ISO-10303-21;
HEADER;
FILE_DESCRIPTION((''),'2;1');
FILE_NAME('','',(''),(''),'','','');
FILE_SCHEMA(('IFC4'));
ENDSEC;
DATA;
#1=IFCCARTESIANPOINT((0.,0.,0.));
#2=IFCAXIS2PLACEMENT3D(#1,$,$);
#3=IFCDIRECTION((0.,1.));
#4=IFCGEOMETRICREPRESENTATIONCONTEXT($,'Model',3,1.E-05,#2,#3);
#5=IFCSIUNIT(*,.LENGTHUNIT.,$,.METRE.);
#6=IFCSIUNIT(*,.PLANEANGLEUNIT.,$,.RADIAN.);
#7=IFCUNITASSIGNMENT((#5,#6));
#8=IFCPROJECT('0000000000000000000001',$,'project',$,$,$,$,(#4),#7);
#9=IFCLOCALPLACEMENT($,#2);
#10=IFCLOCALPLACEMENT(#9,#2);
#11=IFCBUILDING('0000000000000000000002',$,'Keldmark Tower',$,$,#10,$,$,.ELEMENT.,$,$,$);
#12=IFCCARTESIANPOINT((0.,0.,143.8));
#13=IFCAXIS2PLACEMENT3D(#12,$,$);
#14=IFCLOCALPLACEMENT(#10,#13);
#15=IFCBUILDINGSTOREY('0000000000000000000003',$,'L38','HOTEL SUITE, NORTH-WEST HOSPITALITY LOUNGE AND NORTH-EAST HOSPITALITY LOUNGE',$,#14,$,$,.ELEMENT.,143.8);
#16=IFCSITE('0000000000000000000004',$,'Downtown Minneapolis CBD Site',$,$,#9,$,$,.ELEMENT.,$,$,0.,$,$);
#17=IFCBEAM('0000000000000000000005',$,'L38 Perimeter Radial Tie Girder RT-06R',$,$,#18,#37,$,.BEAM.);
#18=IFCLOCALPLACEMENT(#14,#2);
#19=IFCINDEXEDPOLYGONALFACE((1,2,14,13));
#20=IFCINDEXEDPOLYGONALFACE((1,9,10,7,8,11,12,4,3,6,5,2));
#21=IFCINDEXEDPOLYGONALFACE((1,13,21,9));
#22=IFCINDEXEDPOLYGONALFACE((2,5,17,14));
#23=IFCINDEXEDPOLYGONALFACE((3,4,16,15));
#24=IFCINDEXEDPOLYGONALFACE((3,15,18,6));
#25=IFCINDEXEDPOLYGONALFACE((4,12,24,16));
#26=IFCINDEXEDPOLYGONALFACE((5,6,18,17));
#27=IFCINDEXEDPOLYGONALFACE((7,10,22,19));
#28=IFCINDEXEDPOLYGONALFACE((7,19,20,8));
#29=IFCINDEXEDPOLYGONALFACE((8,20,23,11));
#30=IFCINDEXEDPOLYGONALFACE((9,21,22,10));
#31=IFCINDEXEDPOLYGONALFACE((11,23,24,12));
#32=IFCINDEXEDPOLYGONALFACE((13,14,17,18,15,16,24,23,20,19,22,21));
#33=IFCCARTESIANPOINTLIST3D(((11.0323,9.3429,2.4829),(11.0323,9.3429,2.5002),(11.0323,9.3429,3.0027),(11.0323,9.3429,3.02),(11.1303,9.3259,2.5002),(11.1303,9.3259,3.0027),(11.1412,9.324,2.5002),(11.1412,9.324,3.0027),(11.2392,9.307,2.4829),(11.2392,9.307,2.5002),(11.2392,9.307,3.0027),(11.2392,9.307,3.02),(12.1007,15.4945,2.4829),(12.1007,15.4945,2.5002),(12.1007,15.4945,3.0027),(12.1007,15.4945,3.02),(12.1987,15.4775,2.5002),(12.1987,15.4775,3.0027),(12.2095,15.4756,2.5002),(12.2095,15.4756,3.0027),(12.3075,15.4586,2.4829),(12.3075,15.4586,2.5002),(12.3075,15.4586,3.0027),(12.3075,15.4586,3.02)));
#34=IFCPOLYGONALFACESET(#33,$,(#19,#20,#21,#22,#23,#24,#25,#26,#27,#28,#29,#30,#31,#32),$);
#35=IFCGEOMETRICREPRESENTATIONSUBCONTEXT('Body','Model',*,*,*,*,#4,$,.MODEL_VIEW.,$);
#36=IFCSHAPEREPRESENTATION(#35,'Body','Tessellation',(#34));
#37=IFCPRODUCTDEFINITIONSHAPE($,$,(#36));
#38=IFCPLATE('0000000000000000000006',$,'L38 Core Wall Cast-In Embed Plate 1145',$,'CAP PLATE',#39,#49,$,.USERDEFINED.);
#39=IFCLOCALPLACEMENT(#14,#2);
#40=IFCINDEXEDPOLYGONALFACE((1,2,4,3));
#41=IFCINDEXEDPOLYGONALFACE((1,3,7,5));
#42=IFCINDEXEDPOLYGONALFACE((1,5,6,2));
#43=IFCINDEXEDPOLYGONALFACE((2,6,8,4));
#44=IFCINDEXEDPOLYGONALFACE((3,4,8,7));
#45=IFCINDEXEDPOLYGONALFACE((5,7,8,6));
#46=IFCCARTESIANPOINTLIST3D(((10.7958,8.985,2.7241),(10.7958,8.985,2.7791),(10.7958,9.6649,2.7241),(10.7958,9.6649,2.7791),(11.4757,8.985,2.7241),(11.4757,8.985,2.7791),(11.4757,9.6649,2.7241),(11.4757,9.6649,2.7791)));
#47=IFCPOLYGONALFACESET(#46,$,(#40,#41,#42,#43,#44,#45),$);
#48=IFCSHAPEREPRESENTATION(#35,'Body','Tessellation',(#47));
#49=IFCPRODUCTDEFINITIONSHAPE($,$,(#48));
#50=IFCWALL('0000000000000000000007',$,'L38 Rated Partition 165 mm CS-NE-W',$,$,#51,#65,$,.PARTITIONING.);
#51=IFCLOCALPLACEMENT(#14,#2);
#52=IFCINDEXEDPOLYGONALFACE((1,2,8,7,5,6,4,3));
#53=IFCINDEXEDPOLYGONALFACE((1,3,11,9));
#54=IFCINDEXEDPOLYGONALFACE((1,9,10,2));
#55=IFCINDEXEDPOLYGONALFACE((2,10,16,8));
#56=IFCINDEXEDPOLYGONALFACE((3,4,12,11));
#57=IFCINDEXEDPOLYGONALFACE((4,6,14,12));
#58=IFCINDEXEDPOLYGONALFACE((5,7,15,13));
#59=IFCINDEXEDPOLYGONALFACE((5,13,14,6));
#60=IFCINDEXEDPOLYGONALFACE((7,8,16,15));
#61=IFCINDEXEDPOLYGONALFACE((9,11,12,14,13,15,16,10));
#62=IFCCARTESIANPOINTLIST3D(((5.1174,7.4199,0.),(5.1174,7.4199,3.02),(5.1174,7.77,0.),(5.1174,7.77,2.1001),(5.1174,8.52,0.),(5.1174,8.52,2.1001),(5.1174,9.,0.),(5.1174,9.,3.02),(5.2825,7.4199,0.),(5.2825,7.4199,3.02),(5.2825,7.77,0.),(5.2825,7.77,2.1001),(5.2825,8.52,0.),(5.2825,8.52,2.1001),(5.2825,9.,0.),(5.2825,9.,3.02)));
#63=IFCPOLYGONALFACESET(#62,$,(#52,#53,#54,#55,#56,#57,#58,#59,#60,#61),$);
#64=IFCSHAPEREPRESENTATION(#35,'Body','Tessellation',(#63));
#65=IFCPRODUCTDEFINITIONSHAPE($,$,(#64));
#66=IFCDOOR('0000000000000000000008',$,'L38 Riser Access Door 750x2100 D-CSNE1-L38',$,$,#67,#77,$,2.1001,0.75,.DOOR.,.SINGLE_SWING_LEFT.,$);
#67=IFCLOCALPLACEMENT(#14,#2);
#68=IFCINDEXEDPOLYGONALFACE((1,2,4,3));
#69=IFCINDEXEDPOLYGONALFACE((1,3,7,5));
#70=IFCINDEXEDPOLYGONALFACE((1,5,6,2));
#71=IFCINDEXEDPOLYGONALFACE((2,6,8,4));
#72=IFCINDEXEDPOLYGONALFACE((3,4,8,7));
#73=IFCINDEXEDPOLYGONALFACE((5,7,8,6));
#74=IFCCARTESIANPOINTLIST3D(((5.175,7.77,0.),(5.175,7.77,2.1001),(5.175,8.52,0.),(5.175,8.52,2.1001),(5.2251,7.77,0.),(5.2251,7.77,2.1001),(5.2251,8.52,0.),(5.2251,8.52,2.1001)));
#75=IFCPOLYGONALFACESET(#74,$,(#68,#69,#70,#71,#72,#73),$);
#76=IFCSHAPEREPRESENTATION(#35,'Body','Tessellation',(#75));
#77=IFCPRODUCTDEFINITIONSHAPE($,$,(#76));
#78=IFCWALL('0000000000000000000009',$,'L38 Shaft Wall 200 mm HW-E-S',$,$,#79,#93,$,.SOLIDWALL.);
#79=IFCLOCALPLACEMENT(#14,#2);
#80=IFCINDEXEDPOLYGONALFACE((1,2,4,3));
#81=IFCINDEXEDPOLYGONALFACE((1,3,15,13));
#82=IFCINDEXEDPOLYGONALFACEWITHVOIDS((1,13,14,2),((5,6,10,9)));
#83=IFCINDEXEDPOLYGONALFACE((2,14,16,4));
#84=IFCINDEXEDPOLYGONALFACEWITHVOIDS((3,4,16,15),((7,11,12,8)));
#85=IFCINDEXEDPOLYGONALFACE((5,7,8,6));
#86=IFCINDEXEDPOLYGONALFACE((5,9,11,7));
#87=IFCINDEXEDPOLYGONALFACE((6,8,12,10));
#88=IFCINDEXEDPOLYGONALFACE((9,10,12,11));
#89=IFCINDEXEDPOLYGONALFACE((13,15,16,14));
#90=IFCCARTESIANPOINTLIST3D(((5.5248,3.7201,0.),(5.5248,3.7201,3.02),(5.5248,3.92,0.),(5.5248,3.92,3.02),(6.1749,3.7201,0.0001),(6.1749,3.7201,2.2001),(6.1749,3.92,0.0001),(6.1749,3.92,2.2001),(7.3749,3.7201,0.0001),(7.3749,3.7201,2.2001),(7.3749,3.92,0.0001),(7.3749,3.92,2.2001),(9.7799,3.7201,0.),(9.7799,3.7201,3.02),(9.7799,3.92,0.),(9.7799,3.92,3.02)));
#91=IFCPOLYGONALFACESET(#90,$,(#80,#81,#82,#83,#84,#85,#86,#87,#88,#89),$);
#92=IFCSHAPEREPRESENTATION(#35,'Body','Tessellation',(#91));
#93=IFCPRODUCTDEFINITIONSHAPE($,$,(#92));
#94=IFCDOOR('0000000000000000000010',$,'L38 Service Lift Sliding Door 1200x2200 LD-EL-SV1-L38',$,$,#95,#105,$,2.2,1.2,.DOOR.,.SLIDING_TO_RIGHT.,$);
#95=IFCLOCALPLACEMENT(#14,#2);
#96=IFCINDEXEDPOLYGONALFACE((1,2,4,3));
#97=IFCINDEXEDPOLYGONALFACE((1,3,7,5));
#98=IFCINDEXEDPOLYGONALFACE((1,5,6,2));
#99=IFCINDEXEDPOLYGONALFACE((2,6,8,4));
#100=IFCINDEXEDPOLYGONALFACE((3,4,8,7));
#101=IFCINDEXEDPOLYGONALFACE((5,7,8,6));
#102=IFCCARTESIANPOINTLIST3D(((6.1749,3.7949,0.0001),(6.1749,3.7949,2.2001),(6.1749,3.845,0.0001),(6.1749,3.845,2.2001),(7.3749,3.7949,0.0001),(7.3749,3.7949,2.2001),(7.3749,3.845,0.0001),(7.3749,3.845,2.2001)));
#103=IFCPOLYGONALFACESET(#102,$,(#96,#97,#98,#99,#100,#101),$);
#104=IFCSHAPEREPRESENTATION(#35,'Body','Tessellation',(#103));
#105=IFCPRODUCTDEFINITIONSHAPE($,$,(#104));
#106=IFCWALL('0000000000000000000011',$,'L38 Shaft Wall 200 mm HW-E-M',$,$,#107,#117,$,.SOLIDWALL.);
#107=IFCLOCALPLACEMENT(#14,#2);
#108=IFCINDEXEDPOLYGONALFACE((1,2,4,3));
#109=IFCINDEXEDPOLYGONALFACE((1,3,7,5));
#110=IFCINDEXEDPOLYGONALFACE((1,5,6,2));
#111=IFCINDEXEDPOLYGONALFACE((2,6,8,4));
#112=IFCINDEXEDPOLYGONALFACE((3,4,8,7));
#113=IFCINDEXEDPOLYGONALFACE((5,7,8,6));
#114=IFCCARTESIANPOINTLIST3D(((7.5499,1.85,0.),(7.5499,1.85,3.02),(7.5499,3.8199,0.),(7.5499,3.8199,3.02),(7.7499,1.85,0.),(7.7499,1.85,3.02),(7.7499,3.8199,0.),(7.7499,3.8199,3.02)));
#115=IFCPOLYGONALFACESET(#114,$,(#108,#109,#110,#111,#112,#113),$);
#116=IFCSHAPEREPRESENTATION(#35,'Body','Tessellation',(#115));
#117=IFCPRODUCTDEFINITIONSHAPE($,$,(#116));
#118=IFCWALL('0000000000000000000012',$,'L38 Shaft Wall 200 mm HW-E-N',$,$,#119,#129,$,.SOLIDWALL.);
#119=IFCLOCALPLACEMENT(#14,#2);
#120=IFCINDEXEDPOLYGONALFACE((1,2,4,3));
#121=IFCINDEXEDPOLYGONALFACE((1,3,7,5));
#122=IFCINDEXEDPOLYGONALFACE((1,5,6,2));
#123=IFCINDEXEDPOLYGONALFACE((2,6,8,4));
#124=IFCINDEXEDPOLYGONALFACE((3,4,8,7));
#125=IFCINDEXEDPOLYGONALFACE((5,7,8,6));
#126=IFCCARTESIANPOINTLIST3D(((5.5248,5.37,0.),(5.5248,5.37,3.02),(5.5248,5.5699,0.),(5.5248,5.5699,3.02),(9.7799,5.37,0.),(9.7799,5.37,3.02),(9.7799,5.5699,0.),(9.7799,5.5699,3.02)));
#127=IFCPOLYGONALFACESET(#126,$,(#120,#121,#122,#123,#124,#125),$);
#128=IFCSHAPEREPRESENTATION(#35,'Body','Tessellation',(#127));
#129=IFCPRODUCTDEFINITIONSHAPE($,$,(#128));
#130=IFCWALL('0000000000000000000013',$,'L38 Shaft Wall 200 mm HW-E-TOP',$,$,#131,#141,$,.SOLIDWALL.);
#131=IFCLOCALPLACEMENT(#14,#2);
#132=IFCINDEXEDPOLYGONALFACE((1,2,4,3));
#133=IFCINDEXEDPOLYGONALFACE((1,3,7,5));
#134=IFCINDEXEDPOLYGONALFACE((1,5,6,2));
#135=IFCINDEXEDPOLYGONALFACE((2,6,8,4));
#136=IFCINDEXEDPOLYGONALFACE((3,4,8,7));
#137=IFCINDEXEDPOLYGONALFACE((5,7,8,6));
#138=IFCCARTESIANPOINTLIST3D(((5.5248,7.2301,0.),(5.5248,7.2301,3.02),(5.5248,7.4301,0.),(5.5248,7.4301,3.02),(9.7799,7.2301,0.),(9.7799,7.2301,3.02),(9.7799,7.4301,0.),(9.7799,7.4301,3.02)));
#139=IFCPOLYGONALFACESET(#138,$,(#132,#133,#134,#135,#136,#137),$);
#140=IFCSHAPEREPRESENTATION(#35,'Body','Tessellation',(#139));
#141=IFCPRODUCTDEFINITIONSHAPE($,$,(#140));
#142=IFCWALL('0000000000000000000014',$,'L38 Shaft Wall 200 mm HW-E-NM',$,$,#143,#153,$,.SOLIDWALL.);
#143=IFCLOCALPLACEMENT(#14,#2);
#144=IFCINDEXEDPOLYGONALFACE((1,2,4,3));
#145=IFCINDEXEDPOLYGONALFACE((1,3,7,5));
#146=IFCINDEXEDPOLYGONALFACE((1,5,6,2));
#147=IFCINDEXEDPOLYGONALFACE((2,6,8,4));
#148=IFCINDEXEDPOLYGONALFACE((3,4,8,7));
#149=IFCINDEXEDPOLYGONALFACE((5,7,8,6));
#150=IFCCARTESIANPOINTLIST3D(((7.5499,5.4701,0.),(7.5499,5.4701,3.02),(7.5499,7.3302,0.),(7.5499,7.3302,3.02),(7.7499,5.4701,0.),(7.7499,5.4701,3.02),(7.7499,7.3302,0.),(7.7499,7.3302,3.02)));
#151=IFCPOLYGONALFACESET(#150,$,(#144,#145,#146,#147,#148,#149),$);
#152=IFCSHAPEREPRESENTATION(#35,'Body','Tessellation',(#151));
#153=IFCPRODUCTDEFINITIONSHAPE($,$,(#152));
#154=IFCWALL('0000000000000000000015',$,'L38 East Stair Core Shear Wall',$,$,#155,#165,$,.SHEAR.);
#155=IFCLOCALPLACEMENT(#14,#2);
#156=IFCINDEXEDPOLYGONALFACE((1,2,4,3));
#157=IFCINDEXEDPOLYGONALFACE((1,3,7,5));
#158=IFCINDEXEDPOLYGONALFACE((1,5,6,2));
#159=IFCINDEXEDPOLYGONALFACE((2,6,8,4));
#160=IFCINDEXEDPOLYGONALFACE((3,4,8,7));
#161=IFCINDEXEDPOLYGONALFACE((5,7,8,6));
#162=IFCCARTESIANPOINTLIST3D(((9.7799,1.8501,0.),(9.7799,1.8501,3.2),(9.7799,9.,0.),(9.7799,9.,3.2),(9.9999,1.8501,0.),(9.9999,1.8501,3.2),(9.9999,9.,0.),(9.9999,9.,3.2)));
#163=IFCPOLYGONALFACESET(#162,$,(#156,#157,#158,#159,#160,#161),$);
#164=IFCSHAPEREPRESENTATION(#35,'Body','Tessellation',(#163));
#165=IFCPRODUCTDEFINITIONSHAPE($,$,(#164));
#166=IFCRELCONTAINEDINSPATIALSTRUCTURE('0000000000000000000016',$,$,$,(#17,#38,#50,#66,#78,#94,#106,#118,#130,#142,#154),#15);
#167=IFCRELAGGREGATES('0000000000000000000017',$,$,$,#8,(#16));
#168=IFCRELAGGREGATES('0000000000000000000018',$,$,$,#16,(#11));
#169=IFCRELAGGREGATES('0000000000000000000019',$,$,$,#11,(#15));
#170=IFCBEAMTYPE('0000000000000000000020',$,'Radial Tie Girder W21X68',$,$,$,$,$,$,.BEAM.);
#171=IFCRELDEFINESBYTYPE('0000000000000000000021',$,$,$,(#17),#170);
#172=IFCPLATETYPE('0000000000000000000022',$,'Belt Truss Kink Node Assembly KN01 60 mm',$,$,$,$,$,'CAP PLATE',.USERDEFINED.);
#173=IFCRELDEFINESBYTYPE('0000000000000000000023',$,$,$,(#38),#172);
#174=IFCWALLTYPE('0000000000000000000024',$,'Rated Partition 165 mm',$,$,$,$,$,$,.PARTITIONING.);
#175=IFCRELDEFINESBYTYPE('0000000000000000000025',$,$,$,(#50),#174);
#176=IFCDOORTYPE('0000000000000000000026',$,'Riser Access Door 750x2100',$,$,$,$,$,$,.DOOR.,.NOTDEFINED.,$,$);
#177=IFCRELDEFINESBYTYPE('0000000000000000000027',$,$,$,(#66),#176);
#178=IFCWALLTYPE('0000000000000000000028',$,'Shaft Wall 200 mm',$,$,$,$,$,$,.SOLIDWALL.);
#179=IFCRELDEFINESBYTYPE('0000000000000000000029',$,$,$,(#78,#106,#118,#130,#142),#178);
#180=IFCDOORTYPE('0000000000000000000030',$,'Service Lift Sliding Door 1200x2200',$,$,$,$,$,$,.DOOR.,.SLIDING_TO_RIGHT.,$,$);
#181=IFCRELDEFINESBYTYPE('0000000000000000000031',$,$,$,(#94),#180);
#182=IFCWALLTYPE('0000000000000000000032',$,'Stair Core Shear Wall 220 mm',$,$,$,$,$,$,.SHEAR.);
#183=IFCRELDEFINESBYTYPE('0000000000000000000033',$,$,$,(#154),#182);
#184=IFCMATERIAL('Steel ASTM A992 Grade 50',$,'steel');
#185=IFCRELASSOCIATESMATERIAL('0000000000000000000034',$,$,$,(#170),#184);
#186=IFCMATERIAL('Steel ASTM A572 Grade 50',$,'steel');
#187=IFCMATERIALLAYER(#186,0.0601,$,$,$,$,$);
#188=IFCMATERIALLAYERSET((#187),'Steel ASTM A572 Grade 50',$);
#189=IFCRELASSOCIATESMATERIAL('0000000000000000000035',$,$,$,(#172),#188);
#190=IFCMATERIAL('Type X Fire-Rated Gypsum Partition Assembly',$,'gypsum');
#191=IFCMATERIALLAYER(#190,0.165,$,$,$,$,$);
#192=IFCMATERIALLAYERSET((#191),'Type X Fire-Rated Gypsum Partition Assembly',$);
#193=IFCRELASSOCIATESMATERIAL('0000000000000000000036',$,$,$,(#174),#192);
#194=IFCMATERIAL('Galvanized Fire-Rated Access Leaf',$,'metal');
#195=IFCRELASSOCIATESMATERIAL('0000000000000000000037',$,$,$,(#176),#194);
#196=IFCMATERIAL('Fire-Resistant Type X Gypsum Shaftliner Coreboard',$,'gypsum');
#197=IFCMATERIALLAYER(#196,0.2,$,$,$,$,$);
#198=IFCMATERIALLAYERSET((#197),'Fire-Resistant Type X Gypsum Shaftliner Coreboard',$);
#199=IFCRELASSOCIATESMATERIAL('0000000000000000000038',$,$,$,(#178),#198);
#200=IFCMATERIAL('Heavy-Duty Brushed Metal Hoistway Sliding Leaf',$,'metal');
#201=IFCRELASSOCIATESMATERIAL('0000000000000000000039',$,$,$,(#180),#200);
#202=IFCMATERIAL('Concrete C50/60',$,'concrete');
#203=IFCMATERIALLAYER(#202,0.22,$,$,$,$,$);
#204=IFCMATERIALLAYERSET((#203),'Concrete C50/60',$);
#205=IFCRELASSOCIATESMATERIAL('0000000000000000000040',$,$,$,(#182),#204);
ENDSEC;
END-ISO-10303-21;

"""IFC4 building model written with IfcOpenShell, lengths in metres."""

from ifc_helpers import new_model, si_unit, direction, frame, frame_2d, origin, origin_2d, place, context, subcontext, project, spatial, rectangle, i_section, extrude, material, layer, layer_set, material_profile, profile_set, type_object, element, fill, save


model = new_model("IFC4")

# Units and contexts
model_context = context("Model", 3, precision=1e-05, world=origin(), true_north=direction((0.0, 1.0)))
body_context = subcontext(model_context, "Body", "Model", "MODEL_VIEW")
ifc_project = project(units=[si_unit("LENGTHUNIT", "METRE"), si_unit("PLANEANGLEUNIT", "RADIAN")], contexts=[model_context])

# Site, building, storey
site_placement = place(None, origin())
site = spatial("IfcSite", under=ifc_project, at=site_placement, Name="Downtown Minneapolis CBD Site", CompositionType="ELEMENT", RefElevation=0.0)
building_placement = place(site_placement, origin())
building = spatial("IfcBuilding", under=site, at=building_placement, Name="Keldmark Tower", CompositionType="ELEMENT")
storey_placement = place(building_placement, frame((0.0, 0.0, 143.8)))
storey = spatial("IfcBuildingStorey", under=building, at=storey_placement, Name="L38", Description="HOTEL SUITE, NORTH-WEST HOSPITALITY LOUNGE AND NORTH-EAST HOSPITALITY LOUNGE", CompositionType="ELEMENT", Elevation=143.8)

# Beam
ifc_material_1 = material(Name="Steel ASTM A992 Grade 50", Category="steel")
ifc_material_profile = material_profile(ifc_material_1, i_section(OverallWidth=0.21, OverallDepth=0.5371, WebThickness=0.011, FlangeThickness=0.0173, at=origin_2d()), Name="W21X68")
ifc_profile_set = profile_set([ifc_material_profile], Name="Steel ASTM A992 Grade 50")
beam_type = type_object("IfcBeamType", Name="Radial Tie Girder W21X68", PredefinedType="BEAM", material=ifc_profile_set)
beam_placement = place(storey_placement, frame((11.1357, 9.325, 2.7515), z_axis=(0.17111, 0.985252, 0.0), x_axis=(-0.985252, 0.17111, 0.0)))
element("IfcBeam", 1, at=beam_placement, inside=storey, type_object=beam_type, Name="L38 Perimeter Radial Tie Girder RT-06R", PredefinedType="BEAM", context=body_context, shape_type="SweptSolid", body=[
    extrude(i_section(OverallWidth=0.21, OverallDepth=0.5371, WebThickness=0.011, FlangeThickness=0.0173, at=origin_2d()), origin(), (0.0, 0.0, 1.0), 6.2437),
])

# Plate
ifc_material_2 = material(Name="Steel ASTM A572 Grade 50", Category="steel")
ifc_layer_1 = layer(ifc_material_2, 0.0601)
ifc_layer_set_1 = layer_set([ifc_layer_1], Name="Steel ASTM A572 Grade 50")
plate_type = type_object("IfcPlateType", Name="Belt Truss Kink Node Assembly KN01 60 mm", ElementType="CAP PLATE", PredefinedType="USERDEFINED", material=ifc_layer_set_1)
plate_placement = place(storey_placement, frame((11.1357, 9.325, 2.7241), z_axis=(0.0, 0.0, 1.0), x_axis=(1.0, 0.0, 0.0)))
element("IfcPlate", 2, at=plate_placement, inside=storey, type_object=plate_type, Name="L38 Core Wall Cast-In Embed Plate 1145", ObjectType="CAP PLATE", PredefinedType="USERDEFINED", context=body_context, shape_type="SweptSolid", body=[
    extrude(rectangle(XDim=0.6799, YDim=0.6799, at=origin_2d()), origin(), (0.0, 0.0, 1.0), 0.0549),
])

# Walls, openings, doors
ifc_material_3 = material(Name="Type X Fire-Rated Gypsum Partition Assembly", Category="gypsum")
ifc_layer_2 = layer(ifc_material_3, 0.165)
ifc_layer_set_2 = layer_set([ifc_layer_2], Name="Type X Fire-Rated Gypsum Partition Assembly")
wall_type_1 = type_object("IfcWallType", Name="Rated Partition 165 mm", PredefinedType="PARTITIONING", material=ifc_layer_set_2)
wall_1_placement = place(storey_placement, frame((5.2, 7.4199, 0.0), z_axis=(0.0, 0.0, 1.0), x_axis=(0.0, 1.0, 0.0)))
wall_1 = element("IfcWall", 3, at=wall_1_placement, inside=storey, type_object=wall_type_1, Name="L38 Rated Partition 165 mm CS-NE-W", PredefinedType="PARTITIONING", context=body_context, shape_type="SweptSolid", body=[
    extrude(rectangle(XDim=1.5801, YDim=0.165, at=frame_2d((0.79, 0.0))), origin(), (0.0, 0.0, 1.0), 3.02),
])
opening_1_placement = place(wall_1_placement, frame((0.3501, 0.0, 0.0)))
opening_1 = element("IfcOpeningElement", 4, at=opening_1_placement, cuts=wall_1, PredefinedType="OPENING", context=body_context, shape_type="SweptSolid", body=[
    extrude(rectangle(XDim=0.75, YDim=2.1001, at=frame_2d((0.375, 1.05))), frame((0.0, 0.0925, 0.0), z_axis=(0.0, -1.0, 0.0), x_axis=(1.0, 0.0, 0.0)), (0.0, 0.0, 1.0), 0.1851),
])
ifc_material_4 = material(Name="Galvanized Fire-Rated Access Leaf", Category="metal")
door_type_1 = type_object("IfcDoorType", Name="Riser Access Door 750x2100", OperationType="NOTDEFINED", PredefinedType="DOOR", material=ifc_material_4)
door_1_placement = place(opening_1_placement, origin())
door_1 = element("IfcDoor", 5, at=door_1_placement, inside=storey, type_object=door_type_1, Name="L38 Riser Access Door 750x2100 D-CSNE1-L38", OperationType="SINGLE_SWING_LEFT", OverallHeight=2.1001, OverallWidth=0.75, PredefinedType="DOOR", context=body_context, shape_type="SweptSolid", body=[
    extrude(rectangle(XDim=0.75, YDim=2.1001, at=frame_2d((0.375, 1.05))), frame((0.0, 0.0249, 0.0), z_axis=(0.0, -1.0, 0.0), x_axis=(1.0, 0.0, 0.0)), (0.0, 0.0, 1.0), 0.05),
])
fill(opening_1, door_1)
ifc_material_5 = material(Name="Fire-Resistant Type X Gypsum Shaftliner Coreboard", Category="gypsum")
ifc_layer_3 = layer(ifc_material_5, 0.2)
ifc_layer_set_3 = layer_set([ifc_layer_3], Name="Fire-Resistant Type X Gypsum Shaftliner Coreboard")
wall_type_2 = type_object("IfcWallType", Name="Shaft Wall 200 mm", PredefinedType="SOLIDWALL", material=ifc_layer_set_3)
wall_2_placement = place(storey_placement, frame((5.5249, 3.8201, 0.0), z_axis=(0.0, 0.0, 1.0), x_axis=(1.0, 0.0, 0.0)))
wall_2 = element("IfcWall", 6, at=wall_2_placement, inside=storey, type_object=wall_type_2, Name="L38 Shaft Wall 200 mm HW-E-S", PredefinedType="SOLIDWALL", context=body_context, shape_type="SweptSolid", body=[
    extrude(rectangle(XDim=4.2551, YDim=0.2, at=frame_2d((2.1274, 0.0))), origin(), (0.0, 0.0, 1.0), 3.02),
])
opening_2_placement = place(wall_2_placement, frame((0.6499, 0.0, 0.0)))
opening_2 = element("IfcOpeningElement", 7, at=opening_2_placement, cuts=wall_2, PredefinedType="OPENING", context=body_context, shape_type="SweptSolid", body=[
    extrude(rectangle(XDim=1.2, YDim=2.2, at=frame_2d((0.6001, 1.1001))), frame((0.0, 0.1099, 0.0), z_axis=(0.0, -1.0, 0.0), x_axis=(1.0, 0.0, 0.0)), (0.0, 0.0, 1.0), 0.22),
])
ifc_material_6 = material(Name="Heavy-Duty Brushed Metal Hoistway Sliding Leaf", Category="metal")
door_type_2 = type_object("IfcDoorType", Name="Service Lift Sliding Door 1200x2200", OperationType="SLIDING_TO_RIGHT", PredefinedType="DOOR", material=ifc_material_6)
door_2_placement = place(opening_2_placement, origin())
door_2 = element("IfcDoor", 8, at=door_2_placement, inside=storey, type_object=door_type_2, Name="L38 Service Lift Sliding Door 1200x2200 LD-EL-SV1-L38", OperationType="SLIDING_TO_RIGHT", OverallHeight=2.2, OverallWidth=1.2, PredefinedType="DOOR", context=body_context, shape_type="SweptSolid", body=[
    extrude(rectangle(XDim=1.2, YDim=2.2, at=frame_2d((0.6001, 1.1001))), frame((0.0, 0.0249, 0.0), z_axis=(0.0, -1.0, 0.0), x_axis=(1.0, 0.0, 0.0)), (0.0, 0.0, 1.0), 0.05),
])
fill(opening_2, door_2)

# Walls
wall_3_placement = place(storey_placement, frame((7.6499, 1.8501, 0.0), z_axis=(0.0, 0.0, 1.0), x_axis=(0.0, 1.0, 0.0)))
element("IfcWall", 9, at=wall_3_placement, inside=storey, type_object=wall_type_2, Name="L38 Shaft Wall 200 mm HW-E-M", PredefinedType="SOLIDWALL", context=body_context, shape_type="SweptSolid", body=[
    extrude(rectangle(XDim=1.97, YDim=0.2, at=frame_2d((0.9849, 0.0))), origin(), (0.0, 0.0, 1.0), 3.02),
])
for number, where, z_axis, x_axis, name in (
    (10, (5.5249, 5.47, 0.0), (0.0, 0.0, 1.0), (1.0, 0.0, 0.0), "L38 Shaft Wall 200 mm HW-E-N"),
    (11, (5.5249, 7.3301, 0.0), (0.0, 0.0, 1.0), (1.0, 0.0, 0.0), "L38 Shaft Wall 200 mm HW-E-TOP"),
):
    element("IfcWall", number, at=place(storey_placement, frame(where, z_axis=z_axis, x_axis=x_axis)), inside=storey, type_object=wall_type_2, Name=name, PredefinedType="SOLIDWALL", context=body_context, shape_type="SweptSolid", body=[
        extrude(rectangle(XDim=4.2551, YDim=0.2, at=frame_2d((2.1274, 0.0))), origin(), (0.0, 0.0, 1.0), 3.02),
    ])
wall_4_placement = place(storey_placement, frame((7.6499, 5.47, 0.0), z_axis=(0.0, 0.0, 1.0), x_axis=(0.0, 1.0, 0.0)))
element("IfcWall", 12, at=wall_4_placement, inside=storey, type_object=wall_type_2, Name="L38 Shaft Wall 200 mm HW-E-NM", PredefinedType="SOLIDWALL", context=body_context, shape_type="SweptSolid", body=[
    extrude(rectangle(XDim=1.8601, YDim=0.2, at=frame_2d((0.9302, 0.0))), origin(), (0.0, 0.0, 1.0), 3.02),
])
ifc_material_7 = material(Name="Concrete C50/60", Category="concrete")
ifc_layer_4 = layer(ifc_material_7, 0.22)
ifc_layer_set_4 = layer_set([ifc_layer_4], Name="Concrete C50/60")
wall_type_3 = type_object("IfcWallType", Name="Stair Core Shear Wall 220 mm", PredefinedType="SHEAR", material=ifc_layer_set_4)
wall_5_placement = place(storey_placement, frame((9.8899, 1.8501, 0.0), z_axis=(0.0, 0.0, 1.0), x_axis=(0.0, 1.0, 0.0)))
element("IfcWall", 13, at=wall_5_placement, inside=storey, type_object=wall_type_3, Name="L38 East Stair Core Shear Wall", PredefinedType="SHEAR", context=body_context, shape_type="SweptSolid", body=[
    extrude(rectangle(XDim=7.1499, YDim=0.22, at=frame_2d((3.575, 0.0))), origin(), (0.0, 0.0, 1.0), 3.2),
])

save(model, "model.ifc")
